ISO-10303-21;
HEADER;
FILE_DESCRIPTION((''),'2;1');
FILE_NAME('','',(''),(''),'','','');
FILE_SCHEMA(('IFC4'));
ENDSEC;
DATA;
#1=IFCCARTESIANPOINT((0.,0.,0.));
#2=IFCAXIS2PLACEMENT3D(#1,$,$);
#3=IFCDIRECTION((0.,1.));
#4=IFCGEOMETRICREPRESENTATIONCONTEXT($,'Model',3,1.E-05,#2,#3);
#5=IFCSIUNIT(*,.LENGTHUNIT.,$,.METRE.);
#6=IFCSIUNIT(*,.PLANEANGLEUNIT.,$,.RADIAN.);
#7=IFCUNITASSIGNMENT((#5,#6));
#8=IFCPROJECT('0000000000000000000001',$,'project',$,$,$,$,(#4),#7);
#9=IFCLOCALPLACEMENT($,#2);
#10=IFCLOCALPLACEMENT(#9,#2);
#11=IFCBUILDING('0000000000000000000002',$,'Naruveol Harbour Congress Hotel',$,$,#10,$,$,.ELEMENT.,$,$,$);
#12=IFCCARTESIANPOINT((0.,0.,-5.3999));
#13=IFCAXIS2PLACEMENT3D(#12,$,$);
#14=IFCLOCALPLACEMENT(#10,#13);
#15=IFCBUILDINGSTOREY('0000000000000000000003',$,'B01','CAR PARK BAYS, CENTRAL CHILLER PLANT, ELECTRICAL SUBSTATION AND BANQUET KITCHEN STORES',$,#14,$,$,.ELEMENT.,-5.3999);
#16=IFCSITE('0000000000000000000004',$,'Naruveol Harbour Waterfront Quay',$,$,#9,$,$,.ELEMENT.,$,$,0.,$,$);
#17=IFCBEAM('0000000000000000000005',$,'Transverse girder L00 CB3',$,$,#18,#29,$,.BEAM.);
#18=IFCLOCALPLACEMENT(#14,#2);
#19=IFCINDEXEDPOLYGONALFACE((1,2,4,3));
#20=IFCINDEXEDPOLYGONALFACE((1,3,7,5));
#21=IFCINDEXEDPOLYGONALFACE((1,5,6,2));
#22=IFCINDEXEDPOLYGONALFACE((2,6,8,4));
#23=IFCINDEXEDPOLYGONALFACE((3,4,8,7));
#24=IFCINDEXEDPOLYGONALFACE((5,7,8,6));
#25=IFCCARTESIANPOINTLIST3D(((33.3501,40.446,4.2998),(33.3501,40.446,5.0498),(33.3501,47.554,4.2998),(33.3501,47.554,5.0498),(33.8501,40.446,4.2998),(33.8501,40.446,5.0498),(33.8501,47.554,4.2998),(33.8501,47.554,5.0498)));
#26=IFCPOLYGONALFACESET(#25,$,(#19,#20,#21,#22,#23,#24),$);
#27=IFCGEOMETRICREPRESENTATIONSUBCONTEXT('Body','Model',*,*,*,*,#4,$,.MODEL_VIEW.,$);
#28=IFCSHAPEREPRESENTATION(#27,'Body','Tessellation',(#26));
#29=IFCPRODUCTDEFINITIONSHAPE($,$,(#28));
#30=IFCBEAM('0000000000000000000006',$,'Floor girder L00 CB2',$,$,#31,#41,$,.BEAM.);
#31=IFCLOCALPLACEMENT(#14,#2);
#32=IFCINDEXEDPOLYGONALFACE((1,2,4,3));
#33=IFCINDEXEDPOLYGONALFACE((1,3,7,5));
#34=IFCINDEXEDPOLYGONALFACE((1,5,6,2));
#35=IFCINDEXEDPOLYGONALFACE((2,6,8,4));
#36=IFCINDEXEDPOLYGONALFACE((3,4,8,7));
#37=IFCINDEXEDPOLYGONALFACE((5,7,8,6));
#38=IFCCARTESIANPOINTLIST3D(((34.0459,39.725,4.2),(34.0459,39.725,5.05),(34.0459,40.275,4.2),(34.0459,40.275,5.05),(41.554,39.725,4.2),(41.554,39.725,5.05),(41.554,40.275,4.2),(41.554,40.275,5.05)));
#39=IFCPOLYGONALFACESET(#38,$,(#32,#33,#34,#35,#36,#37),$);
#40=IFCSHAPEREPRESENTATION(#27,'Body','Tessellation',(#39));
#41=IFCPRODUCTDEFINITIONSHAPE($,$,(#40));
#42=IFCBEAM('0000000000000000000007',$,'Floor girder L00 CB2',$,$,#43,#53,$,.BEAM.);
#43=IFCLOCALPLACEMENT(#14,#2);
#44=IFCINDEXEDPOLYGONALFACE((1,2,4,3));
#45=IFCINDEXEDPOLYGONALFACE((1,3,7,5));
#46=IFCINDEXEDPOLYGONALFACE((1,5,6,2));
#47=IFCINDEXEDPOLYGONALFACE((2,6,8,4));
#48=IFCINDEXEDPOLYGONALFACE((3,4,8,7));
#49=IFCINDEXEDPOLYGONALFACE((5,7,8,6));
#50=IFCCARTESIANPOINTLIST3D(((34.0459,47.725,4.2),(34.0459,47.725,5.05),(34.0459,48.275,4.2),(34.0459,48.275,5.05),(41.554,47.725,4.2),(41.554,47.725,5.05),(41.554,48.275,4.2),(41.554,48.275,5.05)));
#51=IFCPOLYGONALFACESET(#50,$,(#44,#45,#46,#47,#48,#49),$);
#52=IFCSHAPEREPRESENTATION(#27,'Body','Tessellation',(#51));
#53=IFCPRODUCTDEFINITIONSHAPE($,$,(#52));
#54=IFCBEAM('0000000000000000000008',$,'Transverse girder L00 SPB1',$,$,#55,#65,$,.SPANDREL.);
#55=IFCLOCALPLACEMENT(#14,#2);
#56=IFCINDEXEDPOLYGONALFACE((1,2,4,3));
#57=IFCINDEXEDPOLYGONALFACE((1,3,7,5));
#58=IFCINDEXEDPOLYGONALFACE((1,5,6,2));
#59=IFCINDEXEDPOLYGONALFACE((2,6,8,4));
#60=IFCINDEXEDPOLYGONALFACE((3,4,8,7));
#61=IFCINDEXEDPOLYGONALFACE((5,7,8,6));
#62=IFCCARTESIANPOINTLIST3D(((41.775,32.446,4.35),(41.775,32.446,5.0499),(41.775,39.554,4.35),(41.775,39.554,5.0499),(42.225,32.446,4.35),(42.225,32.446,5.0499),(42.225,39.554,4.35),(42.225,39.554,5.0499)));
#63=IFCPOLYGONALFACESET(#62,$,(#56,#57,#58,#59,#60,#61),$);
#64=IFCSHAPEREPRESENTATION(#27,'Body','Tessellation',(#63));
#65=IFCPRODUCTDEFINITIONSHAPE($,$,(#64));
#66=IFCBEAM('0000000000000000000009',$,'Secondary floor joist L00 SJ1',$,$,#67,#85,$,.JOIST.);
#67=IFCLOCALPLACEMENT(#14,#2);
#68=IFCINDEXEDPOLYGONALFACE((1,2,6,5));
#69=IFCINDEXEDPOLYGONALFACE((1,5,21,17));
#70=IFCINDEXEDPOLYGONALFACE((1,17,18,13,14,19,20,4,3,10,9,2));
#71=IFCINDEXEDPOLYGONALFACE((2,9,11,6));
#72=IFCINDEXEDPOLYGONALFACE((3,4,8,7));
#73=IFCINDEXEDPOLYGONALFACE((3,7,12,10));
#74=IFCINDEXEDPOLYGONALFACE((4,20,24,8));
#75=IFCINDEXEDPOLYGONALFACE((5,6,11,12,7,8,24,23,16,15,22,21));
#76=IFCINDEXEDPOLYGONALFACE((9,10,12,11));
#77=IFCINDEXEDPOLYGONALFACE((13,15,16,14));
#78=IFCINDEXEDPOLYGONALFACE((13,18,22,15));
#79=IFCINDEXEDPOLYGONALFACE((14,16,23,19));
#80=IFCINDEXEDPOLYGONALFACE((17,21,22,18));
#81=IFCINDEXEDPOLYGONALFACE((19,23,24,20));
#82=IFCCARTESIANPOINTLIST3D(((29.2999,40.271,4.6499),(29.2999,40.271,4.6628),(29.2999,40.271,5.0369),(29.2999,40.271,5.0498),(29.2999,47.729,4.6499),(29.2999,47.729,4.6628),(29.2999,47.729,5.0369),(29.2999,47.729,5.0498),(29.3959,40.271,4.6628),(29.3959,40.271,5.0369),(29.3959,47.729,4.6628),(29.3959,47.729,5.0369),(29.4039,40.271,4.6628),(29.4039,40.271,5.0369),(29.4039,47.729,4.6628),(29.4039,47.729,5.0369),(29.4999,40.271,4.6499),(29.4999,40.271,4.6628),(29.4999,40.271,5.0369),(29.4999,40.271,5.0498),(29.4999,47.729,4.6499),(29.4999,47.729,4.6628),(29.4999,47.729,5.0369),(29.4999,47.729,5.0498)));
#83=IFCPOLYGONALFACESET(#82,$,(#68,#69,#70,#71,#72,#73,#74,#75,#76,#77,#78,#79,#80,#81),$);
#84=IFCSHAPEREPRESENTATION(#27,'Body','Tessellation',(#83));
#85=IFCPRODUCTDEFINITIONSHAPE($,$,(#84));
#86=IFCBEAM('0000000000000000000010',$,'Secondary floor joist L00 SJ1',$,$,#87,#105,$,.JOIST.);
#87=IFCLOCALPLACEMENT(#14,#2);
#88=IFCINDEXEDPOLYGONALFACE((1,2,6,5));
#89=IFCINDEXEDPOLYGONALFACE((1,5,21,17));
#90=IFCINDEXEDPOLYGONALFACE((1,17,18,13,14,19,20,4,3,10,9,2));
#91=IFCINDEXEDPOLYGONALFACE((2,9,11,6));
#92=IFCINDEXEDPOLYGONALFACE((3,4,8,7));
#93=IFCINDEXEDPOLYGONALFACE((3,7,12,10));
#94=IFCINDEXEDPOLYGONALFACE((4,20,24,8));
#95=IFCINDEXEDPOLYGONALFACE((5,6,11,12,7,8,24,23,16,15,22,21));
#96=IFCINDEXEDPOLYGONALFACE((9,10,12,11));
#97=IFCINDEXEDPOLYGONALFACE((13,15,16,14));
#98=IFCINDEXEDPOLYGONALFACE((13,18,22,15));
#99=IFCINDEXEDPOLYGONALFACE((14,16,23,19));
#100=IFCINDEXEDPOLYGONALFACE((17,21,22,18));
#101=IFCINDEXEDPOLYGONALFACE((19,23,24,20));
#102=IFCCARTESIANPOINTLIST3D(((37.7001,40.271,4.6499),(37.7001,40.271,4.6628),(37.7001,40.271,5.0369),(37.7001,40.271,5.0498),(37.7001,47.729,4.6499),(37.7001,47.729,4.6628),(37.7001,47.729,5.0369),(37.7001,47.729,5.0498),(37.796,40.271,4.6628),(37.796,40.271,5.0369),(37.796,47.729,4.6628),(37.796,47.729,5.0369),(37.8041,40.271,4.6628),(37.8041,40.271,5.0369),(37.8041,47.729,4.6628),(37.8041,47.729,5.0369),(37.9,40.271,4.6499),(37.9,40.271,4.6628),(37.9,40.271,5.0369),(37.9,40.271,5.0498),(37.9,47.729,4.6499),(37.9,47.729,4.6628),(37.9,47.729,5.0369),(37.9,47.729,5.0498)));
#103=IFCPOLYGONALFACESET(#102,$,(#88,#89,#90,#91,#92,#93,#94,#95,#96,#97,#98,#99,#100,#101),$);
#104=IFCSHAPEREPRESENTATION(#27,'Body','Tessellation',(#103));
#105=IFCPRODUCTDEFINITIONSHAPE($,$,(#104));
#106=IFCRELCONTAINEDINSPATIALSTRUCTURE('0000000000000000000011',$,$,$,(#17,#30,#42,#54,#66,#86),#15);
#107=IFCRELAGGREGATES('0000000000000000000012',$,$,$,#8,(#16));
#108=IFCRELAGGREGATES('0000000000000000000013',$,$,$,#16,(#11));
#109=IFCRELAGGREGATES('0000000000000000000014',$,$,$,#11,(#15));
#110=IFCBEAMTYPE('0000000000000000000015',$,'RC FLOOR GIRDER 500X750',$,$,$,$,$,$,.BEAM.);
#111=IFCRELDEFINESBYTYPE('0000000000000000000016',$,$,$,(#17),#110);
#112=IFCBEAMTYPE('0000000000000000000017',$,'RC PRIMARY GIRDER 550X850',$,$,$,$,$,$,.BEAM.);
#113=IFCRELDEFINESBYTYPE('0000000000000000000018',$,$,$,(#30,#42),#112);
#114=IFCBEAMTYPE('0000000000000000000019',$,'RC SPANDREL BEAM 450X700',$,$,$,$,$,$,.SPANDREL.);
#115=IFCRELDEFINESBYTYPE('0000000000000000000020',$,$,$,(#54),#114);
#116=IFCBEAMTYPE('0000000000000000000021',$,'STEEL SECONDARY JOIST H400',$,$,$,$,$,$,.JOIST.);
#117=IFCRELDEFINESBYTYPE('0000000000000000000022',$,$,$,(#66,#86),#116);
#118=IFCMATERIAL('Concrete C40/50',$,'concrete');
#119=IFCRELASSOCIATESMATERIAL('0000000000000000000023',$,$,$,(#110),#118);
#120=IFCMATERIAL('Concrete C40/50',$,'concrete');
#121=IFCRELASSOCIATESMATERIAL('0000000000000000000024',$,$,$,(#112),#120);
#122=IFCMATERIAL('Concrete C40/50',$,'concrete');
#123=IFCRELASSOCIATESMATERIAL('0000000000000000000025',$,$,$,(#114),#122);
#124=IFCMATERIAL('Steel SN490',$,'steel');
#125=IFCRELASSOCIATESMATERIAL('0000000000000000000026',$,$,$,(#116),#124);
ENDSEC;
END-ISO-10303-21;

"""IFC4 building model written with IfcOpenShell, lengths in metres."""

from ifc_helpers import new_model, si_unit, direction, frame, origin, origin_2d, place, context, subcontext, project, spatial, rectangle, i_section, extrude, material, material_profile, profile_set, type_object, element, save


model = new_model("IFC4")

# Units and contexts
model_context = context("Model", 3, precision=1e-05, world=origin(), true_north=direction((0.0, 1.0)))
body_context = subcontext(model_context, "Body", "Model", "MODEL_VIEW")
ifc_project = project(units=[si_unit("LENGTHUNIT", "METRE"), si_unit("PLANEANGLEUNIT", "RADIAN")], contexts=[model_context])

# Site, building, storey
site_placement = place(None, origin())
site = spatial("IfcSite", under=ifc_project, at=site_placement, Name="Naruveol Harbour Waterfront Quay", CompositionType="ELEMENT", RefElevation=0.0)
building_placement = place(site_placement, origin())
building = spatial("IfcBuilding", under=site, at=building_placement, Name="Naruveol Harbour Congress Hotel", CompositionType="ELEMENT")
storey_placement = place(building_placement, frame((0.0, 0.0, -5.3999)))
storey = spatial("IfcBuildingStorey", under=building, at=storey_placement, Name="B01", Description="CAR PARK BAYS, CENTRAL CHILLER PLANT, ELECTRICAL SUBSTATION AND BANQUET KITCHEN STORES", CompositionType="ELEMENT", Elevation=-5.3999)

# Beams
ifc_material_1 = material(Name="Concrete C40/50", Category="concrete")
ifc_material_profile_1 = material_profile(ifc_material_1, rectangle(XDim=0.5, YDim=0.75, at=origin_2d()), Name="RCB-500x750")
ifc_profile_set_1 = profile_set([ifc_material_profile_1], Name="Concrete C40/50")
beam_type_1 = type_object("IfcBeamType", Name="RC FLOOR GIRDER 500X750", PredefinedType="BEAM", material=ifc_profile_set_1)
beam_1_placement = place(storey_placement, frame((33.6001, 40.446, 4.6748), z_axis=(0.0, 1.0, 0.0), x_axis=(-1.0, 0.0, 0.0)))
element("IfcBeam", 1, at=beam_1_placement, inside=storey, type_object=beam_type_1, Name="Transverse girder L00 CB3", PredefinedType="BEAM", context=body_context, shape_type="SweptSolid", body=[
    extrude(rectangle(XDim=0.5, YDim=0.75, at=origin_2d()), origin(), (0.0, 0.0, 1.0), 7.1079),
])
ifc_material_2 = material(Name="Concrete C40/50", Category="concrete")
ifc_material_profile_2 = material_profile(ifc_material_2, rectangle(XDim=0.55, YDim=0.8501, at=origin_2d()), Name="RCB-550x850")
ifc_profile_set_2 = profile_set([ifc_material_profile_2], Name="Concrete C40/50")
beam_type_2 = type_object("IfcBeamType", Name="RC PRIMARY GIRDER 550X850", PredefinedType="BEAM", material=ifc_profile_set_2)
for number, where, z_axis, x_axis, name in (
    (2, (34.0459, 40.0, 4.625), (1.0, 0.0, 0.0), (0.0, 1.0, 0.0), "Floor girder L00 CB2"),
    (3, (34.0459, 48.0, 4.625), (1.0, 0.0, 0.0), (0.0, 1.0, 0.0), "Floor girder L00 CB2"),
):
    element("IfcBeam", number, at=place(storey_placement, frame(where, z_axis=z_axis, x_axis=x_axis)), inside=storey, type_object=beam_type_2, Name=name, PredefinedType="BEAM", context=body_context, shape_type="SweptSolid", body=[
        extrude(rectangle(XDim=0.55, YDim=0.8501, at=origin_2d()), origin(), (0.0, 0.0, 1.0), 7.5081),
    ])
ifc_material_3 = material(Name="Concrete C40/50", Category="concrete")
ifc_material_profile_3 = material_profile(ifc_material_3, rectangle(XDim=0.45, YDim=0.7, at=origin_2d()), Name="RCB-450x700")
ifc_profile_set_3 = profile_set([ifc_material_profile_3], Name="Concrete C40/50")
beam_type_3 = type_object("IfcBeamType", Name="RC SPANDREL BEAM 450X700", PredefinedType="SPANDREL", material=ifc_profile_set_3)
beam_2_placement = place(storey_placement, frame((42.0, 32.446, 4.7), z_axis=(0.0, 1.0, 0.0), x_axis=(-1.0, 0.0, 0.0)))
element("IfcBeam", 4, at=beam_2_placement, inside=storey, type_object=beam_type_3, Name="Transverse girder L00 SPB1", PredefinedType="SPANDREL", context=body_context, shape_type="SweptSolid", body=[
    extrude(rectangle(XDim=0.45, YDim=0.7, at=origin_2d()), origin(), (0.0, 0.0, 1.0), 7.1079),
])
ifc_material_4 = material(Name="Steel SN490", Category="steel")
ifc_material_profile_4 = material_profile(ifc_material_4, i_section(OverallWidth=0.2, OverallDepth=0.3999, WebThickness=0.0081, FlangeThickness=0.0129, at=origin_2d()), Name="H-400x200x8x13")
ifc_profile_set_4 = profile_set([ifc_material_profile_4], Name="Steel SN490")
beam_type_4 = type_object("IfcBeamType", Name="STEEL SECONDARY JOIST H400", PredefinedType="JOIST", material=ifc_profile_set_4)
for number, where, z_axis, x_axis, name in (
    (5, (29.3999, 40.271, 4.8499), (0.0, 1.0, 0.0), (-1.0, 0.0, 0.0), "Secondary floor joist L00 SJ1"),
    (6, (37.8, 40.271, 4.8499), (0.0, 1.0, 0.0), (-1.0, 0.0, 0.0), "Secondary floor joist L00 SJ1"),
):
    element("IfcBeam", number, at=place(storey_placement, frame(where, z_axis=z_axis, x_axis=x_axis)), inside=storey, type_object=beam_type_4, Name=name, PredefinedType="JOIST", context=body_context, shape_type="SweptSolid", body=[
        extrude(i_section(OverallWidth=0.2, OverallDepth=0.3999, WebThickness=0.0081, FlangeThickness=0.0129, at=origin_2d()), origin(), (0.0, 0.0, 1.0), 7.458),
    ])

save(model, "model.ifc")
